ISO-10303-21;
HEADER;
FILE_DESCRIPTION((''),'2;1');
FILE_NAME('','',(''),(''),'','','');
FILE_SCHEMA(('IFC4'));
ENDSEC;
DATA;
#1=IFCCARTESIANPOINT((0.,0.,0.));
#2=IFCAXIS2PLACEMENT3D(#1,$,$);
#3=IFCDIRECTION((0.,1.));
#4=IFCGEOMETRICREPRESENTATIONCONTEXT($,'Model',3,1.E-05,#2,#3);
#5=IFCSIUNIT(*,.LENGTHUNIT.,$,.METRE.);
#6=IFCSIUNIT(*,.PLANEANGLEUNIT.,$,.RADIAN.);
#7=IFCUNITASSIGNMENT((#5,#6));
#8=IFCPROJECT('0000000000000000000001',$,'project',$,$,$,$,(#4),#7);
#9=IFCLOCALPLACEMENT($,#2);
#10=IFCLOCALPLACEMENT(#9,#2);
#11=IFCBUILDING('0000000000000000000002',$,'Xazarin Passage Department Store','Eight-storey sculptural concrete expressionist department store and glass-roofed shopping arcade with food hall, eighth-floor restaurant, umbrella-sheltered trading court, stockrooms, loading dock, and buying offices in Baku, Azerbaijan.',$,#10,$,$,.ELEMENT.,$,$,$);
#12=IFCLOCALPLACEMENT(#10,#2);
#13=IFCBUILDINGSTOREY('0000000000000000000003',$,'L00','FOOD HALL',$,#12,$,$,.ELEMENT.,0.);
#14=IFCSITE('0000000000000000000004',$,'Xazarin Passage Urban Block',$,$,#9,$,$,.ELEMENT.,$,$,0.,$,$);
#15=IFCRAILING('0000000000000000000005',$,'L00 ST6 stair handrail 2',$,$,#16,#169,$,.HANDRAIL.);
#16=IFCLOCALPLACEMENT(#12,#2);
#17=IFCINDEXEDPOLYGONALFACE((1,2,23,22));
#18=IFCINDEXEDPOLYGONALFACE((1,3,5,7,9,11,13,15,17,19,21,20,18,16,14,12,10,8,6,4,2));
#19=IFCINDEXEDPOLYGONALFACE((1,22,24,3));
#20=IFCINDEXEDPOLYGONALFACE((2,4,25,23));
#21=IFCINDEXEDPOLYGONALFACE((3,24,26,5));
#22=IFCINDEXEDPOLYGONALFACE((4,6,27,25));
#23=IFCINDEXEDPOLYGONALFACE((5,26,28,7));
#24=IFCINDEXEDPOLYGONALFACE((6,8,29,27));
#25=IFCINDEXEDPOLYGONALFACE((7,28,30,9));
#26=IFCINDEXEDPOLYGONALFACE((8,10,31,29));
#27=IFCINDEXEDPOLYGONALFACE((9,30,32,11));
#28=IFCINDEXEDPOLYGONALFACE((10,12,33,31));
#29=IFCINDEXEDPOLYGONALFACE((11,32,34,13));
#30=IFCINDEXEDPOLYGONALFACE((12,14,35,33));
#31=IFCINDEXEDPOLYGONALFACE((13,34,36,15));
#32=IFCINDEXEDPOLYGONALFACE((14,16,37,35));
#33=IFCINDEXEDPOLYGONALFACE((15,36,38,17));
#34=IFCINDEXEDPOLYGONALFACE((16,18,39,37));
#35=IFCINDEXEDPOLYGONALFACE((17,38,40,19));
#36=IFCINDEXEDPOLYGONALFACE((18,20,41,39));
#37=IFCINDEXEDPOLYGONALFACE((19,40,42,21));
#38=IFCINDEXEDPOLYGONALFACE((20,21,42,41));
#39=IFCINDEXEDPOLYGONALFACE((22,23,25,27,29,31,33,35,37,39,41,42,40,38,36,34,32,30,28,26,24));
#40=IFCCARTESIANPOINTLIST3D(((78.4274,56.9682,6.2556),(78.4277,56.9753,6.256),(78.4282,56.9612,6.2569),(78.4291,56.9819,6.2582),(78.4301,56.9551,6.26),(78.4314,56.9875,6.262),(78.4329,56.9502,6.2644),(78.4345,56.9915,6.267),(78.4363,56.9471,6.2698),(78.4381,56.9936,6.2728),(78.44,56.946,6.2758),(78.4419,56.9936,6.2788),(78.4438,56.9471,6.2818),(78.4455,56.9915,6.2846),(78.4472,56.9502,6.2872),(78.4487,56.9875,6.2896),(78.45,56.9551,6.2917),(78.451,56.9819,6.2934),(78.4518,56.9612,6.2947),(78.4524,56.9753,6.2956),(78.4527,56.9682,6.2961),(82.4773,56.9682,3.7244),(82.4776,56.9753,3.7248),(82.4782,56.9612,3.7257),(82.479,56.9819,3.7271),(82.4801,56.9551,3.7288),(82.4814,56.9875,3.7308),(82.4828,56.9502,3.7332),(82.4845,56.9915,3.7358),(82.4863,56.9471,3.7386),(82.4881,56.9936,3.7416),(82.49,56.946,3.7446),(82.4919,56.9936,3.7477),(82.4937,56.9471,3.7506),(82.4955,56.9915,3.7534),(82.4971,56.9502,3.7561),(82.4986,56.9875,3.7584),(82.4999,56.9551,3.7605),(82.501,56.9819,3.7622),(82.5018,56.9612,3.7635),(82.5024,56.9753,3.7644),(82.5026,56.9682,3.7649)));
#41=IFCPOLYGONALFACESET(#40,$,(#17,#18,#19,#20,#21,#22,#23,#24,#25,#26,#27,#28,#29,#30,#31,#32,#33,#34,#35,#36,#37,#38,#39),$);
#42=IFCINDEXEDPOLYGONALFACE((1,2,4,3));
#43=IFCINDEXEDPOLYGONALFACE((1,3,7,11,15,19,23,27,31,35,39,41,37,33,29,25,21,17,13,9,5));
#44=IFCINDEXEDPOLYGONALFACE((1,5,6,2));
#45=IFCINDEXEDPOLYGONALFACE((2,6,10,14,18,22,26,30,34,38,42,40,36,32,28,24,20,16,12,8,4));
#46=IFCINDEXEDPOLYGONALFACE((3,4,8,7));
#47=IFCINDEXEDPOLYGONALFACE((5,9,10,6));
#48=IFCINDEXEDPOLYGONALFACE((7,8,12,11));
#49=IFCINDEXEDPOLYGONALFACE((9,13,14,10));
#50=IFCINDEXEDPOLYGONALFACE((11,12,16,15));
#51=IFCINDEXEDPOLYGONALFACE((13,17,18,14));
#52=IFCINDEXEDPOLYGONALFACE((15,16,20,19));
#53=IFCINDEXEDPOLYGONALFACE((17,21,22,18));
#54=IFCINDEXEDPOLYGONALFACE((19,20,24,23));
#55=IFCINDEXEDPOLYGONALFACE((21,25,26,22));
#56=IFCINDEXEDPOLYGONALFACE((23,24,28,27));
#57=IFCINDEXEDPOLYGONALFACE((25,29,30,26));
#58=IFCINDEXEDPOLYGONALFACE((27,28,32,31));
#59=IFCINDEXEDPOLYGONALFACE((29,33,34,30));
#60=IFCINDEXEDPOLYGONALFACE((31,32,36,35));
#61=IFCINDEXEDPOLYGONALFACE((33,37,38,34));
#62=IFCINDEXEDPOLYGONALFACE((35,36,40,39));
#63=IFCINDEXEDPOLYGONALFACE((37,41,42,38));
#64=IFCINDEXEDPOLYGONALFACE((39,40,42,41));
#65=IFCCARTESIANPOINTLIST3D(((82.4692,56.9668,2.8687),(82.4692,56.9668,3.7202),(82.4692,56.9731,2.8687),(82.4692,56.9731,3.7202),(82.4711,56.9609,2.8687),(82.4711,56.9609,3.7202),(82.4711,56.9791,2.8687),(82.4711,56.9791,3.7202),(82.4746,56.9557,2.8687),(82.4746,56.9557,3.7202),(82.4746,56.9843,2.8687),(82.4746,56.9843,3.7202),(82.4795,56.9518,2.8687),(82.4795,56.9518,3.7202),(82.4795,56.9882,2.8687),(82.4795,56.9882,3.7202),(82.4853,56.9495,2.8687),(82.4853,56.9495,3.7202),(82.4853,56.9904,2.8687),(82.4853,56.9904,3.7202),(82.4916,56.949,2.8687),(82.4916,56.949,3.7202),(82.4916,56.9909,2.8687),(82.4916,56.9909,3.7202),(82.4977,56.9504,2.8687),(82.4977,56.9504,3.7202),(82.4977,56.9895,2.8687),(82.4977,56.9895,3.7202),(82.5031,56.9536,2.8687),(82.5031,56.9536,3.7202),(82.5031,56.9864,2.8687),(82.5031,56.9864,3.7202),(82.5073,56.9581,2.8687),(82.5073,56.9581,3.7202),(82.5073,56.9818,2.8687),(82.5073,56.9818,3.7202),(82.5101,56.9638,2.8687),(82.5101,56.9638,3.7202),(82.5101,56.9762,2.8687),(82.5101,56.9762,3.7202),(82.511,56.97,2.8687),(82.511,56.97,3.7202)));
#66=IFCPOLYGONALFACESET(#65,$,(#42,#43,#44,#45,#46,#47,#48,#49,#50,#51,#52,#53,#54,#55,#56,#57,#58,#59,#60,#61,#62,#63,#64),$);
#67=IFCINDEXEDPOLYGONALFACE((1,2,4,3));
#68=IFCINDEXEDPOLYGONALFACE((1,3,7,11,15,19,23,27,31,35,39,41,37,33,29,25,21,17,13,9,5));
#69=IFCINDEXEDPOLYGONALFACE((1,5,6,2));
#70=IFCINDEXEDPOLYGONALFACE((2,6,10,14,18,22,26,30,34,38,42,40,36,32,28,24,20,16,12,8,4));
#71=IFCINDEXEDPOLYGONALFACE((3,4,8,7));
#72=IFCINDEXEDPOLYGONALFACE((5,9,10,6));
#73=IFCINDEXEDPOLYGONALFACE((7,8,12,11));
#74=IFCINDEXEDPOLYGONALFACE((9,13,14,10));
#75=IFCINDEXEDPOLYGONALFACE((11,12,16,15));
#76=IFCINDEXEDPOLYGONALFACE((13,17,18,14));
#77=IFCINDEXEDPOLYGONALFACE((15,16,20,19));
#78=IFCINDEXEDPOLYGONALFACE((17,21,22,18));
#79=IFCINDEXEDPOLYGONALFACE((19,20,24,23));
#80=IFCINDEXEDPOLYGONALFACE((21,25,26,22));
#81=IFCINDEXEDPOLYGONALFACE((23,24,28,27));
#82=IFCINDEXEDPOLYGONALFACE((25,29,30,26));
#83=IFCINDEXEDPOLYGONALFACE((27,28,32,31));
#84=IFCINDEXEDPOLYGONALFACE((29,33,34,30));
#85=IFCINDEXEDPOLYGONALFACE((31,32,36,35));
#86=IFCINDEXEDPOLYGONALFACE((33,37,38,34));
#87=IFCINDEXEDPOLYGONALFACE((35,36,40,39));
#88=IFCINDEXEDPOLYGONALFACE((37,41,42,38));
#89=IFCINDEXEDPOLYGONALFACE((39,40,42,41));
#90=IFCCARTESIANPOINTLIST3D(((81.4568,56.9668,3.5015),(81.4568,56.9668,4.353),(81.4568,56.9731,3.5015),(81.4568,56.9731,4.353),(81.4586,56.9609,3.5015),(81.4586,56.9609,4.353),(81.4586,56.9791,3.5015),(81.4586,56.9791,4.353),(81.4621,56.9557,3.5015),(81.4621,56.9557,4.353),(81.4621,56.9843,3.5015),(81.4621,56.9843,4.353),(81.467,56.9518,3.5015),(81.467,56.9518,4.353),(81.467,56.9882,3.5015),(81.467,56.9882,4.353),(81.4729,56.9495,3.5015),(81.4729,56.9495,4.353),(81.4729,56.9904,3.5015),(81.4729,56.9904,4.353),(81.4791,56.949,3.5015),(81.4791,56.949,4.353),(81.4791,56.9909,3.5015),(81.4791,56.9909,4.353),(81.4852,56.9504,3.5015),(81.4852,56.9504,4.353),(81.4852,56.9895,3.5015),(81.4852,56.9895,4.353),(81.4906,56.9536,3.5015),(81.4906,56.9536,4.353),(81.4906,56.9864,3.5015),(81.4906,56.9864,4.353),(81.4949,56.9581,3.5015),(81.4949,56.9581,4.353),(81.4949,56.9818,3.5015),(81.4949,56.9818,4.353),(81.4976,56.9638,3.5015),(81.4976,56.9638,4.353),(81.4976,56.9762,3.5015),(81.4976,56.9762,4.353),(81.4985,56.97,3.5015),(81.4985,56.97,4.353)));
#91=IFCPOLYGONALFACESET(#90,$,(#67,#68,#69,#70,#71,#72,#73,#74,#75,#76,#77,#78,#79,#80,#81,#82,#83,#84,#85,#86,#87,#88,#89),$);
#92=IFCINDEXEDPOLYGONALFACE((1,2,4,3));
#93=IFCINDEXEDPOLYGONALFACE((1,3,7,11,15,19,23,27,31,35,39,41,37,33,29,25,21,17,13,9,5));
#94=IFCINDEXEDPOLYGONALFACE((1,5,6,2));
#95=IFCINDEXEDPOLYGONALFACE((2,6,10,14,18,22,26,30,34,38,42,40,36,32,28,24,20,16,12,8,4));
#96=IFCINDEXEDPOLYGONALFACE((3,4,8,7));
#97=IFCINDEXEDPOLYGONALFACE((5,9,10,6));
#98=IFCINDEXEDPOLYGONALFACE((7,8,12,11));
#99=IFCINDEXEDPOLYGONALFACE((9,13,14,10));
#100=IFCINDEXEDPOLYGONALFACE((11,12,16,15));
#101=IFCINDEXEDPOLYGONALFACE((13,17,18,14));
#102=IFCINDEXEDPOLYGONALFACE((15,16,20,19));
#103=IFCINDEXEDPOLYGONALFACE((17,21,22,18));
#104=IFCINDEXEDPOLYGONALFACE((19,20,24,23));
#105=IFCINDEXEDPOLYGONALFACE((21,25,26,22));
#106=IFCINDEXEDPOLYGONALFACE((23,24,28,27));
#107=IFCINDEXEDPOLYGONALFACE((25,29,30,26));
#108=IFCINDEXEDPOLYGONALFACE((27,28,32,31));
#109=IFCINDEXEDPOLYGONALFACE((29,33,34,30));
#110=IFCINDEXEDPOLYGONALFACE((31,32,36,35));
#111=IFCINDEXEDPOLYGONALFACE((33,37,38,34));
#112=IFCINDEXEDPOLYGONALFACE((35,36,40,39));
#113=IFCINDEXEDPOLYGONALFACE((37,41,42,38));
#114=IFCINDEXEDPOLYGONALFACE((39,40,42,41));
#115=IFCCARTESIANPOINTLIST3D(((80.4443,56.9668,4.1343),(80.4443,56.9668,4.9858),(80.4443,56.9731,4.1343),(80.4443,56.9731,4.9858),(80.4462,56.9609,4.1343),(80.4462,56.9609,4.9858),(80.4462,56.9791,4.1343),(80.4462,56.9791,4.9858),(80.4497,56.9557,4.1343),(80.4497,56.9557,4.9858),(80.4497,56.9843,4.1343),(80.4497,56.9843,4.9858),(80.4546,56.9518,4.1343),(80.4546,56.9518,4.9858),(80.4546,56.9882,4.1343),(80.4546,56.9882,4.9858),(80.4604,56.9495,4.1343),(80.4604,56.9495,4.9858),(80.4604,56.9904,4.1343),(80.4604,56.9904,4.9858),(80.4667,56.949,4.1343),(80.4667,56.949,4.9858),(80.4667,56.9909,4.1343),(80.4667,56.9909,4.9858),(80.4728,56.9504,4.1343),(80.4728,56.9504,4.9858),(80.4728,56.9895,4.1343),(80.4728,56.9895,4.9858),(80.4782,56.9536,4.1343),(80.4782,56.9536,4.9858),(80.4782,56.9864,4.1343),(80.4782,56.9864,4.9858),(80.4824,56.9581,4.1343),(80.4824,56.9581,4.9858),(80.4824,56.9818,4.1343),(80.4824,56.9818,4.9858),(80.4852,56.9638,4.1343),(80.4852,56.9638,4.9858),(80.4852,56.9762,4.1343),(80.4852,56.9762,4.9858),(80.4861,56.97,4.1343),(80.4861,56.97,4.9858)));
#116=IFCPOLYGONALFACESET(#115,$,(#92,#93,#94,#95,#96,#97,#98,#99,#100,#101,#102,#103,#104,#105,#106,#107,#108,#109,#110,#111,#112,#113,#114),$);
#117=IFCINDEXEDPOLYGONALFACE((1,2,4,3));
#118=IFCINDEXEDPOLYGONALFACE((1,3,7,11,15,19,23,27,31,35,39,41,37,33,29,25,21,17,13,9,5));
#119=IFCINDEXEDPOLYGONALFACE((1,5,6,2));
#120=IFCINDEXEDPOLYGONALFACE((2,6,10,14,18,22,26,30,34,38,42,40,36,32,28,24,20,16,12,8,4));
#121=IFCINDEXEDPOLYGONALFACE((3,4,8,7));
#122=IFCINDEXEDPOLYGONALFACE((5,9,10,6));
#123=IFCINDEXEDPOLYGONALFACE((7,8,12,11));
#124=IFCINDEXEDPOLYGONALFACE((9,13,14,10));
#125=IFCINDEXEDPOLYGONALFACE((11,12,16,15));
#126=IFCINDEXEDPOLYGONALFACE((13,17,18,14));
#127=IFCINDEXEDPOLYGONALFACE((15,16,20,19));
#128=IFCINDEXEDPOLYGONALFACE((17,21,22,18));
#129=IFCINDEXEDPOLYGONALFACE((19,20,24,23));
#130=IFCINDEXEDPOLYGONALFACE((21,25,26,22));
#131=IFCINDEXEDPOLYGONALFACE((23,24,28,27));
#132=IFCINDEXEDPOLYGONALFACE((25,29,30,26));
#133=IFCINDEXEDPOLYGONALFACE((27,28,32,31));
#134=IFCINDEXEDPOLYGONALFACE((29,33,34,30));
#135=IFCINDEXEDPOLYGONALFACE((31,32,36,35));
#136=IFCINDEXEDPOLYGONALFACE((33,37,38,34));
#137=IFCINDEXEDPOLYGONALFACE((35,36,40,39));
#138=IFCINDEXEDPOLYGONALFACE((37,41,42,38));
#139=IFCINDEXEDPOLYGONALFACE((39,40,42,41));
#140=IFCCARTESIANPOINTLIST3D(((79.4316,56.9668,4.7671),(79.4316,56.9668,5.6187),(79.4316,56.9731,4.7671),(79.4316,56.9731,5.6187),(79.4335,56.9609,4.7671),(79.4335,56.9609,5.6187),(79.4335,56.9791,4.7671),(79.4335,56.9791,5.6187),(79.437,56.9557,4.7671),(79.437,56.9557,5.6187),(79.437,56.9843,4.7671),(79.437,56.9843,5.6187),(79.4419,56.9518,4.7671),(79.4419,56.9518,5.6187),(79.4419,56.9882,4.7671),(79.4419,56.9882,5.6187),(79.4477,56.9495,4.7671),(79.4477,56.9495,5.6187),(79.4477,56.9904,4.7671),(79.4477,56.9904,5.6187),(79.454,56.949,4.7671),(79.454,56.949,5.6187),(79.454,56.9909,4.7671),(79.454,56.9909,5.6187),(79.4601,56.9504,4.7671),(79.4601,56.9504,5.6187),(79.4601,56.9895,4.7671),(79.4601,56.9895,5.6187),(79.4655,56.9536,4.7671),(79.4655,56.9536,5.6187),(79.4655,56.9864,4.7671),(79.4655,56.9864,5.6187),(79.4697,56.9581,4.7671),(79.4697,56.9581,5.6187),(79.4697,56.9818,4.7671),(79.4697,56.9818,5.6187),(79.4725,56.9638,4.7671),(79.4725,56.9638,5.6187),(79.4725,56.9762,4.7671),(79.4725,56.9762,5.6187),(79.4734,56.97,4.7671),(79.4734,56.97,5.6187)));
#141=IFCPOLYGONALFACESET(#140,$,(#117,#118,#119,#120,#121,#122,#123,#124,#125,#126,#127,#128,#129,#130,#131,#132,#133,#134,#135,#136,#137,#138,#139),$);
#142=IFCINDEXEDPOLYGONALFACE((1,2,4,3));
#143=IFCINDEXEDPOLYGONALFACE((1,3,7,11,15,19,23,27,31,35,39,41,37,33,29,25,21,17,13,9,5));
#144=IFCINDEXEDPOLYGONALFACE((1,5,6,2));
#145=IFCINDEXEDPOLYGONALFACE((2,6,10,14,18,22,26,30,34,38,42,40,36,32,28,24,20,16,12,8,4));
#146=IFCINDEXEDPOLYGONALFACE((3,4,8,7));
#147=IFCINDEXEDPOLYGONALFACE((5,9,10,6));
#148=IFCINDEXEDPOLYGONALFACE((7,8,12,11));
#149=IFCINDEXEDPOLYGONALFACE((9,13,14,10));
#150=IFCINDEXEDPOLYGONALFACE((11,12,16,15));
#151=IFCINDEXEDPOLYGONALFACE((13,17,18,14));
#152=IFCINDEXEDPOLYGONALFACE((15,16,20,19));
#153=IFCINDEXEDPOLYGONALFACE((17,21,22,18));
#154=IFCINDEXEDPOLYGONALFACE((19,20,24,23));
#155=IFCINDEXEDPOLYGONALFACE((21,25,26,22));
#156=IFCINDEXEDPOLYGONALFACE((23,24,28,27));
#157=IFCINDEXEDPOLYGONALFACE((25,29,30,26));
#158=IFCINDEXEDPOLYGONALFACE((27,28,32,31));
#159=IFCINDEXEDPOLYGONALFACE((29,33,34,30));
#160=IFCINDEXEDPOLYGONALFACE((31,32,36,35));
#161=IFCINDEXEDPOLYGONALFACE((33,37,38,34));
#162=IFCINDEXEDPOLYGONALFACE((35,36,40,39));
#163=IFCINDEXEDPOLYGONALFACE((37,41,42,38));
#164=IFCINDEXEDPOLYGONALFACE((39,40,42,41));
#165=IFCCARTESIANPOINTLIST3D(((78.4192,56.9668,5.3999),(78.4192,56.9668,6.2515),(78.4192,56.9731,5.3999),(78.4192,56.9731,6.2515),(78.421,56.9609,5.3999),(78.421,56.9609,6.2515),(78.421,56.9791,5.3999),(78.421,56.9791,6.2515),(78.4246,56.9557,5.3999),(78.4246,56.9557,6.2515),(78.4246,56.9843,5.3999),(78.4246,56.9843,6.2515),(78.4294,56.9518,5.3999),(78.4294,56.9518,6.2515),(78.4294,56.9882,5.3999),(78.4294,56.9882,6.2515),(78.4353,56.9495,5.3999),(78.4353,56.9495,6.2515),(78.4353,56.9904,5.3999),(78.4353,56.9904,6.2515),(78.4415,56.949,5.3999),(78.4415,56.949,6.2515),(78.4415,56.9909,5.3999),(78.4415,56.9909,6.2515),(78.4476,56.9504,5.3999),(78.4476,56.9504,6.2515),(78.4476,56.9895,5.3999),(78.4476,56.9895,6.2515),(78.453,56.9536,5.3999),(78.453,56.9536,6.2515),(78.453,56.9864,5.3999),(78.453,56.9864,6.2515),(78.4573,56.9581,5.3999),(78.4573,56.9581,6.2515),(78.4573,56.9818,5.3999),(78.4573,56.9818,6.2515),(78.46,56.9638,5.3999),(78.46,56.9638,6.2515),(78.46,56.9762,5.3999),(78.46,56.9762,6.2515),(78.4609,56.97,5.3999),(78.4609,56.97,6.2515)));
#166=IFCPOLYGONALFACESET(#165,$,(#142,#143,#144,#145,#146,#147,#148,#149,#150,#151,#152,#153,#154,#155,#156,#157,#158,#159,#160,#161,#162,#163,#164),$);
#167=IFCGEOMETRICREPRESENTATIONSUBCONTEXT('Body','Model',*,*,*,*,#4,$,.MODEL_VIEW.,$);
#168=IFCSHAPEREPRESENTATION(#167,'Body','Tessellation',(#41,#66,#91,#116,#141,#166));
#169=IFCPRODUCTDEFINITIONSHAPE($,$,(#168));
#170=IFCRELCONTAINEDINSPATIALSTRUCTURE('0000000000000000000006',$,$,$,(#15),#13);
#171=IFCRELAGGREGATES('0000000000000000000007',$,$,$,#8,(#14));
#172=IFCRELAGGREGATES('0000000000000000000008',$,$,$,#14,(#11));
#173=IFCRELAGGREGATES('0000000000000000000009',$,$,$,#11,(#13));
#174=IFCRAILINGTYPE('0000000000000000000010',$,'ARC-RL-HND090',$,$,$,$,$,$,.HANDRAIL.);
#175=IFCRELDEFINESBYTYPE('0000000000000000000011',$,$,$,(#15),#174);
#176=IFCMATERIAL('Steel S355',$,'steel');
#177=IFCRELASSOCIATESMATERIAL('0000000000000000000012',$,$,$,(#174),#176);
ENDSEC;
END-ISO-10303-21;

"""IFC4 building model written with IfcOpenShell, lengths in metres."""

from ifc_helpers import new_model, si_unit, direction, frame, origin, origin_2d, place, context, subcontext, project, spatial, circle, extrude, material, type_object, element, save


model = new_model("IFC4")

# Units and contexts
model_context = context("Model", 3, precision=1e-05, world=origin(), true_north=direction((0.0, 1.0)))
body_context = subcontext(model_context, "Body", "Model", "MODEL_VIEW")
ifc_project = project(units=[si_unit("LENGTHUNIT", "METRE"), si_unit("PLANEANGLEUNIT", "RADIAN")], contexts=[model_context])

# Site, building, storey
site_placement = place(None, origin())
site = spatial("IfcSite", under=ifc_project, at=site_placement, Name="Xazarin Passage Urban Block", CompositionType="ELEMENT", RefElevation=0.0)
building_placement = place(site_placement, origin())
building = spatial("IfcBuilding", under=site, at=building_placement, Name="Xazarin Passage Department Store", Description="Eight-storey sculptural concrete expressionist department store and glass-roofed shopping arcade with food hall, eighth-floor restaurant, umbrella-sheltered trading court, stockrooms, loading dock, and buying offices in Baku, Azerbaijan.", CompositionType="ELEMENT")
storey_placement = place(building_placement, origin())
storey = spatial("IfcBuildingStorey", under=building, at=storey_placement, Name="L00", Description="FOOD HALL", CompositionType="ELEMENT", Elevation=0.0)

# Railing
ifc_material_1 = material(Name="Steel S355", Category="steel")
railing_type_1 = type_object("IfcRailingType", Name="ARC-RL-HND090", PredefinedType="HANDRAIL", material=ifc_material_1)
railing_1_placement = place(storey_placement, frame((82.49, 56.97, 2.8687)))
element("IfcRailing", 1, at=railing_1_placement, inside=storey, type_object=railing_type_1, Name="L00 ST6 stair handrail 2", PredefinedType="HANDRAIL", context=body_context, shape_type="SweptSolid", body=[
    extrude(circle(Radius=0.0239, at=origin_2d()), frame((0.0, 0.0, 0.876), z_axis=(-0.848001, 0.0, 0.529994), x_axis=(0.0, -1.0, 0.0)), (0.0, 0.0, 1.0), 4.7759),
    extrude(circle(Radius=0.021, at=origin_2d()), origin(), (0.0, 0.0, 1.0), 0.8516),
    extrude(circle(Radius=0.021, at=origin_2d()), frame((-1.0125, 0.0, 0.6328)), (0.0, 0.0, 1.0), 0.8516),
    extrude(circle(Radius=0.021, at=origin_2d()), frame((-2.0249, 0.0, 1.2656)), (0.0, 0.0, 1.0), 0.8516),
    extrude(circle(Radius=0.021, at=origin_2d()), frame((-3.0376, 0.0, 1.8984)), (0.0, 0.0, 1.0), 0.8516),
    extrude(circle(Radius=0.021, at=origin_2d()), frame((-4.05, 0.0, 2.5312)), (0.0, 0.0, 1.0), 0.8516),
])

save(model, "model.ifc")
